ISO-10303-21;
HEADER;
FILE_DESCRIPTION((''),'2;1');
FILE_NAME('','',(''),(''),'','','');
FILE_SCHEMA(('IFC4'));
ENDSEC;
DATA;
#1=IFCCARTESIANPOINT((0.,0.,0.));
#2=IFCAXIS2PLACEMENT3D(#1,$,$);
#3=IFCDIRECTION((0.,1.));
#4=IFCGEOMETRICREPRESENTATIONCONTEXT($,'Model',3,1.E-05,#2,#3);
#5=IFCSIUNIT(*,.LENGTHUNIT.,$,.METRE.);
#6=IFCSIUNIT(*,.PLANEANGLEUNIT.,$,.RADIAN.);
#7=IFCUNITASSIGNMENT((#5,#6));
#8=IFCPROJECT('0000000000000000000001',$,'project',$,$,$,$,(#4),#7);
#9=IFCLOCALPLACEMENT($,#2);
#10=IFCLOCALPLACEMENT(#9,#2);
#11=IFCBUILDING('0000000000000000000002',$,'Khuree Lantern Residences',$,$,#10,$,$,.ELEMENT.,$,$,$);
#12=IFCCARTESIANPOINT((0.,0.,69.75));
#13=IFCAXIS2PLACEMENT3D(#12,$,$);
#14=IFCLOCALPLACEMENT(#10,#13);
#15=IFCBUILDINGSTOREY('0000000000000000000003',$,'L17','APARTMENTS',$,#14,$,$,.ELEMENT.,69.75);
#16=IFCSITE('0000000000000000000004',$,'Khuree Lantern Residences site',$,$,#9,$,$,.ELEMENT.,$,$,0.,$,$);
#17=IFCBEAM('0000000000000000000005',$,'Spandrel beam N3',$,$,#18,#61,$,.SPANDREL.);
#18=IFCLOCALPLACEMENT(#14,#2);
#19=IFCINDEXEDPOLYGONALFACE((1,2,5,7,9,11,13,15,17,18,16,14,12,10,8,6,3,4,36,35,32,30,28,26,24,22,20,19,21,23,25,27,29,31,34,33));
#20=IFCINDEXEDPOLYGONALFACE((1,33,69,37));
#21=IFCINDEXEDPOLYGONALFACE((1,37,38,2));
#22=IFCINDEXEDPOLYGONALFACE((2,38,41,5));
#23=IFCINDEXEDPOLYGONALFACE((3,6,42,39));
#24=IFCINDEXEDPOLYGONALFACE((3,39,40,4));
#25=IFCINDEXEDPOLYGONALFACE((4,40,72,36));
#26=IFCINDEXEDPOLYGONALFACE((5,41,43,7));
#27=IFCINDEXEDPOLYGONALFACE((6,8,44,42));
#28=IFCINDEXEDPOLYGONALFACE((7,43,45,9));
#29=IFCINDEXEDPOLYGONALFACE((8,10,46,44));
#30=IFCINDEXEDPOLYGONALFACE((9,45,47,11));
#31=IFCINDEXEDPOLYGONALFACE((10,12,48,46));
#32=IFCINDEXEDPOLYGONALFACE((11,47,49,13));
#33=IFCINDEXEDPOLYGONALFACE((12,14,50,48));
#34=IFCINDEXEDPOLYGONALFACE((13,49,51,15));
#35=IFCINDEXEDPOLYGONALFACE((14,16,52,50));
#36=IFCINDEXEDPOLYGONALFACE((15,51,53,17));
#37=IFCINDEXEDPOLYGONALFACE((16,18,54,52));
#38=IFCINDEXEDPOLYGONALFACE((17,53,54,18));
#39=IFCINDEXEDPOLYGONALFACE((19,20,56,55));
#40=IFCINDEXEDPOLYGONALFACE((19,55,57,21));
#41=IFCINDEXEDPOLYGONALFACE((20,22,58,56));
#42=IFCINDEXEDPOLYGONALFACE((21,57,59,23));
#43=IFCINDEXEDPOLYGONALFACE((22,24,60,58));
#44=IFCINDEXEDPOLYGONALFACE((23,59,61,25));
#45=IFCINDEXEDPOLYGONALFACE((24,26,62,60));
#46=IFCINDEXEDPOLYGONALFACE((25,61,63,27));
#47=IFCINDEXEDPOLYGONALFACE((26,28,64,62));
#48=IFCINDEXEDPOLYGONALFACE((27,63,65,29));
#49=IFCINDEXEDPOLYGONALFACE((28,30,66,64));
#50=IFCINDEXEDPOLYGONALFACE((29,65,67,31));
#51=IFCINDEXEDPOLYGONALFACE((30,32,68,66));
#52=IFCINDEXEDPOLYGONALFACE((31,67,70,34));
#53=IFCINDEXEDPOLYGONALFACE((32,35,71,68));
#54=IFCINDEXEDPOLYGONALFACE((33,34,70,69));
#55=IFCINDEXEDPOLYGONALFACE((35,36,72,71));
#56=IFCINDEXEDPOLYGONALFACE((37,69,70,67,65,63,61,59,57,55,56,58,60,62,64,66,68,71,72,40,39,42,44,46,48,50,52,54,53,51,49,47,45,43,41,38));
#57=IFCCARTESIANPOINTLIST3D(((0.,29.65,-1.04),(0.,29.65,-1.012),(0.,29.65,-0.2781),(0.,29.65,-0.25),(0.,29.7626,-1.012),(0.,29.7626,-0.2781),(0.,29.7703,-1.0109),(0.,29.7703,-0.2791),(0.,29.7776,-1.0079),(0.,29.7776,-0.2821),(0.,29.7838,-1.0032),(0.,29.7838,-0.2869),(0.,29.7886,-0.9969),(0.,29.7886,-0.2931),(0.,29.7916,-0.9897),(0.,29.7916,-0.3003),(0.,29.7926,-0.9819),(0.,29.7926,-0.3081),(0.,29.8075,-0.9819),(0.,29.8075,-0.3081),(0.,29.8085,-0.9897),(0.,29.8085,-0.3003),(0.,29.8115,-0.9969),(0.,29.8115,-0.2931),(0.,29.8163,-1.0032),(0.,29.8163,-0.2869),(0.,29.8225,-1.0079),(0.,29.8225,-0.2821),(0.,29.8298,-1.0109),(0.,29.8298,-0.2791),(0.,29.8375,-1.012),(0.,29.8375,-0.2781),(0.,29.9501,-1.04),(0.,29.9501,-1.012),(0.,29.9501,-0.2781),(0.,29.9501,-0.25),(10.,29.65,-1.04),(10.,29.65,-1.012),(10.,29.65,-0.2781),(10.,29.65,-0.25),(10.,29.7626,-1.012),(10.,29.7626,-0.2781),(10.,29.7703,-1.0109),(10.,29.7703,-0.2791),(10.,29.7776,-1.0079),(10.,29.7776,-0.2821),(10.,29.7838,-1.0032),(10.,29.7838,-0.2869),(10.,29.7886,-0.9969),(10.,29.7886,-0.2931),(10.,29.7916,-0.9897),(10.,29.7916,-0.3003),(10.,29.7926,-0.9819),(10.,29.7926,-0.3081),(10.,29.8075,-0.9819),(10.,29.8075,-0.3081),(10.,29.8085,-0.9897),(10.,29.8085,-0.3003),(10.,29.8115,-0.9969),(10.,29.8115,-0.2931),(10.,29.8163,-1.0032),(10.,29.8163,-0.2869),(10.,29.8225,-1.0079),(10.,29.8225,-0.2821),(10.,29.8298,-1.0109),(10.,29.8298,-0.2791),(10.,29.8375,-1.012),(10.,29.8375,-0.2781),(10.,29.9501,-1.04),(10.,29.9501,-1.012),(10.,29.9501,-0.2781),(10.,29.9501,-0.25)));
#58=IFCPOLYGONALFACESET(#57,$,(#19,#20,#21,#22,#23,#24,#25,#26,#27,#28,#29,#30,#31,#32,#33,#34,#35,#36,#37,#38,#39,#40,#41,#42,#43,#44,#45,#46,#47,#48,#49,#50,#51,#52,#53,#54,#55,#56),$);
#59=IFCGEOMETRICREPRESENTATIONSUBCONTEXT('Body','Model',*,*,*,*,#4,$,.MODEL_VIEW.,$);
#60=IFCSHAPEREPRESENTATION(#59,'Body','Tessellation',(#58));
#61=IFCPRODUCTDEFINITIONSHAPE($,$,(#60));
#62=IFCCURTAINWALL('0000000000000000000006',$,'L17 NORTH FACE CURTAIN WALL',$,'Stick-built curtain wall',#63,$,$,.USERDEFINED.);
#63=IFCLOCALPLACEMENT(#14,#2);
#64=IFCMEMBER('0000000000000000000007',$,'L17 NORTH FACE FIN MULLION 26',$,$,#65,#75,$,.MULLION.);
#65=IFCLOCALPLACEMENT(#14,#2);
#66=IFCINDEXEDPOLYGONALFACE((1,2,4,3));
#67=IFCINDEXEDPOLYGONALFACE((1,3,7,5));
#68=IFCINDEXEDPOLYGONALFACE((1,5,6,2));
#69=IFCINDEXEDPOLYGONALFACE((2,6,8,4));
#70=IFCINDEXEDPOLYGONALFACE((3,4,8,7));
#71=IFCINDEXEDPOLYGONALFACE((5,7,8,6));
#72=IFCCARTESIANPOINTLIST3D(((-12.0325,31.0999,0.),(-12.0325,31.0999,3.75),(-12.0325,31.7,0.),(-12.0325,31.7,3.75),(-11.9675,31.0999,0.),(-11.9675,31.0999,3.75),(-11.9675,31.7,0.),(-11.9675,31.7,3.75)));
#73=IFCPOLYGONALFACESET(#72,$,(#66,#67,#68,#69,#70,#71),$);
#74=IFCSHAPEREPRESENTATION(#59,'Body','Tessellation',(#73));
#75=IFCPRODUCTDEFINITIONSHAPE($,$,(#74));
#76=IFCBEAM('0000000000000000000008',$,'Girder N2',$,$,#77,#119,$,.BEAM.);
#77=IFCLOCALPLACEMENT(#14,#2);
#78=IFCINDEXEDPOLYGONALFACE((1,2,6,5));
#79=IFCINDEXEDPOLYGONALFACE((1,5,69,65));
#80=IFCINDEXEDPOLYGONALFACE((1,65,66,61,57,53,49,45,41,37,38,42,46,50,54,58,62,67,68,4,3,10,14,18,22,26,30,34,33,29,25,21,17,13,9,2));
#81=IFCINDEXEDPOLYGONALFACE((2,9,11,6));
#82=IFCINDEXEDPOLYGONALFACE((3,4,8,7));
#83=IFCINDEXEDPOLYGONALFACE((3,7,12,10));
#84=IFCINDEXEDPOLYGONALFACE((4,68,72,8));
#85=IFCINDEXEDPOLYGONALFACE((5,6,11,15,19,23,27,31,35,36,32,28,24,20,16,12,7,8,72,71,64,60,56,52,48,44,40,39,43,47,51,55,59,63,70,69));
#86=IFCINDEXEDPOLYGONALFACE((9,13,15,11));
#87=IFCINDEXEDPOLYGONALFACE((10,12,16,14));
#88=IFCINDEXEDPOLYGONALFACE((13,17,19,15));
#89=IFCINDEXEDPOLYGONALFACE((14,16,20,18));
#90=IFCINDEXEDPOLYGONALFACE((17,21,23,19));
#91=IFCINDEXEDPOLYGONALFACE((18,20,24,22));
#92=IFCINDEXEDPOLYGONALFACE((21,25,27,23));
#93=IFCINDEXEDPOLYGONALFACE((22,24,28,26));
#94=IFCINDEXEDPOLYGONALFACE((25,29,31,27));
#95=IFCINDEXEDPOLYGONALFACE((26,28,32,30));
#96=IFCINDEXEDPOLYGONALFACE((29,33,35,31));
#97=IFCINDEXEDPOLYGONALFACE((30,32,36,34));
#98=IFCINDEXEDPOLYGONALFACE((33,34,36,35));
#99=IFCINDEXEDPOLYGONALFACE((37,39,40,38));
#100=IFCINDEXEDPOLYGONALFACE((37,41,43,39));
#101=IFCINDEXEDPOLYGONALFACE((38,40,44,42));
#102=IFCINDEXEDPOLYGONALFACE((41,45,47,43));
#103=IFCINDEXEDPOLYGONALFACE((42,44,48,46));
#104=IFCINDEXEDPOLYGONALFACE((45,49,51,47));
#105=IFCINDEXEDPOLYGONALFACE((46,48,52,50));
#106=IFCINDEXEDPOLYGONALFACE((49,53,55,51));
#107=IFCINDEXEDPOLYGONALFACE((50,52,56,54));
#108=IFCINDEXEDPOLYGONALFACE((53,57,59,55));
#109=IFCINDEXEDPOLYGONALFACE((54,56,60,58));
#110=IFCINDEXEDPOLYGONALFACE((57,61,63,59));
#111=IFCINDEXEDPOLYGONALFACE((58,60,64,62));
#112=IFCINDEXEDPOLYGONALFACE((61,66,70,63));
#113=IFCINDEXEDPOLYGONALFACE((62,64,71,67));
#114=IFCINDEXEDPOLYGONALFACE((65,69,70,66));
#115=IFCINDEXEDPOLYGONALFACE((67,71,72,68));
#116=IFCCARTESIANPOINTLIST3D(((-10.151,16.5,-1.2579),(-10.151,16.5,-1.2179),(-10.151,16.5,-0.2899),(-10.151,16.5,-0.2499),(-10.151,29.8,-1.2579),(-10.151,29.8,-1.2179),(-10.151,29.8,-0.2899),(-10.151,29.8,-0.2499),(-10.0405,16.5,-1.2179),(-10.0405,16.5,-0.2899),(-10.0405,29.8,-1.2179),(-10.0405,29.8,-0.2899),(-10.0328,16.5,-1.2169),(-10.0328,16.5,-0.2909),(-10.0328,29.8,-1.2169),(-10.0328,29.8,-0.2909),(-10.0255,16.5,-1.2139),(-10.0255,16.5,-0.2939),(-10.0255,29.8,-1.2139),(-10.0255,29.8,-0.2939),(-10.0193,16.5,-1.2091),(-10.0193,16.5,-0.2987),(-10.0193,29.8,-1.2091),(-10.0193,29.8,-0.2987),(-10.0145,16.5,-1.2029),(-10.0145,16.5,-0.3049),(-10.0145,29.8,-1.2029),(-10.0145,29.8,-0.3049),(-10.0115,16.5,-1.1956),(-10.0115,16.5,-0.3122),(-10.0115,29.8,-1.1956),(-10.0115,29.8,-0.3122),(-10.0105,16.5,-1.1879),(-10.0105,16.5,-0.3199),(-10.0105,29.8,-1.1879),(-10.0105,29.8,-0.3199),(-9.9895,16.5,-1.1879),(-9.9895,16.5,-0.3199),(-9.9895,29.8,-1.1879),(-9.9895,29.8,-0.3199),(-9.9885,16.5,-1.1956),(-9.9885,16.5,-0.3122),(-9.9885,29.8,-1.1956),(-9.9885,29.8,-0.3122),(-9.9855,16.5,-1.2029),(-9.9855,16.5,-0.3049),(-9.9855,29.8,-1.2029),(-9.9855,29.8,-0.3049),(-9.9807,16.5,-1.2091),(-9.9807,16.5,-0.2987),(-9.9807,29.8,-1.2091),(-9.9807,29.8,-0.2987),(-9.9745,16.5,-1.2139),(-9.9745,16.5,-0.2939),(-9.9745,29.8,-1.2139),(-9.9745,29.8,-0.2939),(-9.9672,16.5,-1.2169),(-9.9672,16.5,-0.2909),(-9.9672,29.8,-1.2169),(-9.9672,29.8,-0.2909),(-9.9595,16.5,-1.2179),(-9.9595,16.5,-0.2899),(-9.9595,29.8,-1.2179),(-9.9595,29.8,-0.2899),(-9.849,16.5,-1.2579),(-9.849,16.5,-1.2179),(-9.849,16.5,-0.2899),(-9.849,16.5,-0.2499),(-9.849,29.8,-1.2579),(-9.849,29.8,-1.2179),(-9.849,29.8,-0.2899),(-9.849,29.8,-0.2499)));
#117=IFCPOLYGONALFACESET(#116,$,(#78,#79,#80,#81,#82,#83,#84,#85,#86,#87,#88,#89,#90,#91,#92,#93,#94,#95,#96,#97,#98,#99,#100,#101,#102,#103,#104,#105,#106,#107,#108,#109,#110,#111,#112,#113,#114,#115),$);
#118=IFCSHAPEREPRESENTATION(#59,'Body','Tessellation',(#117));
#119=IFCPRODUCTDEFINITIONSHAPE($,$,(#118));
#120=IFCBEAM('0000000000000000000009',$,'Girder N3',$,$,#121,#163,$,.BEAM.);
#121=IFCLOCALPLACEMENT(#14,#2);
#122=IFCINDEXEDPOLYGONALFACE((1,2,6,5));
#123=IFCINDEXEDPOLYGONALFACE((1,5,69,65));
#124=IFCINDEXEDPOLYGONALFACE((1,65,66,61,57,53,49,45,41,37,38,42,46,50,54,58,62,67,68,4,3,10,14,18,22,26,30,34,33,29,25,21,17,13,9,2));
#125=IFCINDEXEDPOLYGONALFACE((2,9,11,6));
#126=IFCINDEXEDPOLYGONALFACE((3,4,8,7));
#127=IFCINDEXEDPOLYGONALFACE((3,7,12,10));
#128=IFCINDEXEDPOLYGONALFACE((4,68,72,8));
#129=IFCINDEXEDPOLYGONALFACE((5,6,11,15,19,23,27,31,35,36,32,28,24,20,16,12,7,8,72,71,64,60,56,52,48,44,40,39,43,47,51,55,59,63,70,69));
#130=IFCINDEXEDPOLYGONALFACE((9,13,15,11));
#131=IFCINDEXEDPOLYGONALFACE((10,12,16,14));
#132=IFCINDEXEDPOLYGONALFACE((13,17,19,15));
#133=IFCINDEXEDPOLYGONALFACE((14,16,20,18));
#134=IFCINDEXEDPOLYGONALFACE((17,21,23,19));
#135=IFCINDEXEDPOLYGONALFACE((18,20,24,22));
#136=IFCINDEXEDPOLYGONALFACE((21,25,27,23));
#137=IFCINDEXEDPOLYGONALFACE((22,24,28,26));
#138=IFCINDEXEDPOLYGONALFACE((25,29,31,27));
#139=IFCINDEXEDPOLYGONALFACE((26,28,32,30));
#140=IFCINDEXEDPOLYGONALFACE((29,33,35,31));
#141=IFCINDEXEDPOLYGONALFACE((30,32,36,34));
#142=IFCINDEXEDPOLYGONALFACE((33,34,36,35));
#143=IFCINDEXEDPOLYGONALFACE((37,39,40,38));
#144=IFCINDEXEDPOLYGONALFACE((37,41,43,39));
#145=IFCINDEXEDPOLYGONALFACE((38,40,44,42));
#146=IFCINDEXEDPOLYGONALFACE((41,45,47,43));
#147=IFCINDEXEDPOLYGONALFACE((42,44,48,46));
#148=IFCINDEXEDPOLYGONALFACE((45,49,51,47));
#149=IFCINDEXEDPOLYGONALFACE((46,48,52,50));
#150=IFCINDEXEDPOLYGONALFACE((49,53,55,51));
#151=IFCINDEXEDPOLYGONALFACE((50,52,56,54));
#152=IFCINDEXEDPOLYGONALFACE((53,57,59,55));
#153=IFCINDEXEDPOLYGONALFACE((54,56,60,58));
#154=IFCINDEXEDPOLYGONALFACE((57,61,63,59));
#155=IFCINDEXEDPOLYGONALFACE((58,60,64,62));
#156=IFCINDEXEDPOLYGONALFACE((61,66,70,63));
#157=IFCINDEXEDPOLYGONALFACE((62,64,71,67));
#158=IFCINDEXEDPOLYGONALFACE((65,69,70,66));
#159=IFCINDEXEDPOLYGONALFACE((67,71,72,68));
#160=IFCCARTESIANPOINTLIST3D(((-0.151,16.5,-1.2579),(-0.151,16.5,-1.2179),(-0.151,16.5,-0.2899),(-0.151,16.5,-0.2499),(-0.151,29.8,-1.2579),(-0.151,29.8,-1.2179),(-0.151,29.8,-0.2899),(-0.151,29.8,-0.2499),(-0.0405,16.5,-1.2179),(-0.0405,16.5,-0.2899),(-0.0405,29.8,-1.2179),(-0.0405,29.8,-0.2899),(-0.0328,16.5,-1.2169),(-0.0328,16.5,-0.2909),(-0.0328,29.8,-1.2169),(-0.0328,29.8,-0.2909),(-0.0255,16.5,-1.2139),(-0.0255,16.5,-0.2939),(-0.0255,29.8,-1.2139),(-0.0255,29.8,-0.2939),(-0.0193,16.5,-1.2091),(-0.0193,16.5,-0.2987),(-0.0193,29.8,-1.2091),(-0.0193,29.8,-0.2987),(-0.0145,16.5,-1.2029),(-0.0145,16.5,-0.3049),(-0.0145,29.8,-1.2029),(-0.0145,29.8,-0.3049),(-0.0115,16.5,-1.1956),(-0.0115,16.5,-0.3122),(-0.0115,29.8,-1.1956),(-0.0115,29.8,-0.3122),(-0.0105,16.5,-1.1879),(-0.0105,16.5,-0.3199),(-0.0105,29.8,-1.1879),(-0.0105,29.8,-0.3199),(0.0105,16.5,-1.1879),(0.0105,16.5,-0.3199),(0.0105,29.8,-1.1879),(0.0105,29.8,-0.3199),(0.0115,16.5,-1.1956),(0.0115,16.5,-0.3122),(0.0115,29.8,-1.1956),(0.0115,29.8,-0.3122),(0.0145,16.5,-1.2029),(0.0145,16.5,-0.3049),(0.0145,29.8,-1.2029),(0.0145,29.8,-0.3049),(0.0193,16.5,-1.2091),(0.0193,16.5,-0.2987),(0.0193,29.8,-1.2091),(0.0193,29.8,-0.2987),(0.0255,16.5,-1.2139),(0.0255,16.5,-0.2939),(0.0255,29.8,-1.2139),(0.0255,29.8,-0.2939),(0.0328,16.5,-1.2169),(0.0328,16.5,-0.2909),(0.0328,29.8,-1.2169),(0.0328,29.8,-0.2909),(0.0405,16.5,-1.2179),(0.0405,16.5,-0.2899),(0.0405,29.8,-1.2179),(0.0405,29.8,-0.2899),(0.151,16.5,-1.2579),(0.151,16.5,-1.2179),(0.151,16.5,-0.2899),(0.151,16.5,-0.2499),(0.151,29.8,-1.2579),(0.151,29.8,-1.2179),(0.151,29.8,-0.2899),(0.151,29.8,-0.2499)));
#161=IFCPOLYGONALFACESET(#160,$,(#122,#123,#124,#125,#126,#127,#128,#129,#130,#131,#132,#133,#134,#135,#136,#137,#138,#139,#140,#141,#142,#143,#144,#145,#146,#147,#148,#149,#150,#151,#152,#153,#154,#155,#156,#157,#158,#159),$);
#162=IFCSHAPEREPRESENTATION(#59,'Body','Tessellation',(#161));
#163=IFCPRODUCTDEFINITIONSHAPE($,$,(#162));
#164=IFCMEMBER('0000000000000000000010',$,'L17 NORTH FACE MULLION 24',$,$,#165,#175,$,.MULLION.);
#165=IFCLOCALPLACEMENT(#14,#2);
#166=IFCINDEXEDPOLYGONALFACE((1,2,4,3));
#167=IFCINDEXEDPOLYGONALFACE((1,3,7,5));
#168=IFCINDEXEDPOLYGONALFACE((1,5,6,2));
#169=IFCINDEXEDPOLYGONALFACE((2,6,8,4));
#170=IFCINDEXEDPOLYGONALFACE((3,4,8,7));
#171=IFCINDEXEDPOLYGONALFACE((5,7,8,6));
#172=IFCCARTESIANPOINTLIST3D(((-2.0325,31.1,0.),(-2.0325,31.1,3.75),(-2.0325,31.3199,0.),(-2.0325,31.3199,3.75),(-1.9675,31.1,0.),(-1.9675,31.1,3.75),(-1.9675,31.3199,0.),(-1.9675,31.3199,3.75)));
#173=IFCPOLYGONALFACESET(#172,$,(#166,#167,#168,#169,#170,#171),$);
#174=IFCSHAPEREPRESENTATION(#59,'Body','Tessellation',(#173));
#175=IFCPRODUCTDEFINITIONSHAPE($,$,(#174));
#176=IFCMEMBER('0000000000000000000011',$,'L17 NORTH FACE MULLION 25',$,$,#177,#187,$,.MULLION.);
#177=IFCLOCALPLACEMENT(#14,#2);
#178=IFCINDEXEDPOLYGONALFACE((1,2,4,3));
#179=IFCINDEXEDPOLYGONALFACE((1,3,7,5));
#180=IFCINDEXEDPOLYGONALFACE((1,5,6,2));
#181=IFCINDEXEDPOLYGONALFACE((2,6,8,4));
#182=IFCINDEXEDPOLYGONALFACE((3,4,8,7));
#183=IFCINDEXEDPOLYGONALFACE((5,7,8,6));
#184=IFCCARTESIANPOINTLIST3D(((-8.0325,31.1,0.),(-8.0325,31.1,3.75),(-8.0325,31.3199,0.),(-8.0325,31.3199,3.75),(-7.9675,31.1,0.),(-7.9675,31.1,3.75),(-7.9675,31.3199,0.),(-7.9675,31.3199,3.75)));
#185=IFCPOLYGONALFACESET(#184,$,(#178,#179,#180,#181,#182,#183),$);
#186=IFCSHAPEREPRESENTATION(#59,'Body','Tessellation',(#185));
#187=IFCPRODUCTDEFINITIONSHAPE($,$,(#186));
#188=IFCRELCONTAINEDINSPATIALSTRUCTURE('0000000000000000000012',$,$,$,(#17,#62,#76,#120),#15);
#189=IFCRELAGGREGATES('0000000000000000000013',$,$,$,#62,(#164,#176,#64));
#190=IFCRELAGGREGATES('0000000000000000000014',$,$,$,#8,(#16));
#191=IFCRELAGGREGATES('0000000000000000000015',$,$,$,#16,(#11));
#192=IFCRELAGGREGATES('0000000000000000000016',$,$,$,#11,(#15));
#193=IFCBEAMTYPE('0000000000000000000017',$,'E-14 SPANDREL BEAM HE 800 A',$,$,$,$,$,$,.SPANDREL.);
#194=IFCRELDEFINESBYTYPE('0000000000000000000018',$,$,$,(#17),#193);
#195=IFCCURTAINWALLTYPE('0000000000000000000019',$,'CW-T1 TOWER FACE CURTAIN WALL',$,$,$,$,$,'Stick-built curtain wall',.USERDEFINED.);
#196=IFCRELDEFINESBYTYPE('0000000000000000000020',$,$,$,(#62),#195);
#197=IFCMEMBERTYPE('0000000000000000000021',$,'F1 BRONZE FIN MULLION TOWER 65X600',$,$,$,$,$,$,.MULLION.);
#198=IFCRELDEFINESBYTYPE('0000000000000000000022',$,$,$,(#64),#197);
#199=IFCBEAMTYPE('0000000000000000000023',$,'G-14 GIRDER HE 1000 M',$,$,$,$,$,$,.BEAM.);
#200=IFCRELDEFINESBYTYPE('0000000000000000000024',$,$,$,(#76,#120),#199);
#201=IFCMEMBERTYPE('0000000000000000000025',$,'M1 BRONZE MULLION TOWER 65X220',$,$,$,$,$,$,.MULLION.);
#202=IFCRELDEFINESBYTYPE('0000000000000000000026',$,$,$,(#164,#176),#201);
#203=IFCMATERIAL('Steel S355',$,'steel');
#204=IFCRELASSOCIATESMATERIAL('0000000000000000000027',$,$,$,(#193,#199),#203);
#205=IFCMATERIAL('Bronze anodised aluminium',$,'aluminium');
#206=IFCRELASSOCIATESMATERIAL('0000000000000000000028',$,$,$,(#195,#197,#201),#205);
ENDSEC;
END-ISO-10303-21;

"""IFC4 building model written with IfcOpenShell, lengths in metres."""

from ifc_helpers import new_model, si_unit, direction, frame, origin, origin_2d, place, context, subcontext, project, spatial, rectangle, i_section, extrude, material, material_profile, profile_set, type_object, element, aggregate, save


model = new_model("IFC4")

# Units and contexts
model_context = context("Model", 3, precision=1e-05, world=origin(), true_north=direction((0.0, 1.0)))
body_context = subcontext(model_context, "Body", "Model", "MODEL_VIEW")
ifc_project = project(units=[si_unit("LENGTHUNIT", "METRE"), si_unit("PLANEANGLEUNIT", "RADIAN")], contexts=[model_context])

# Site, building, storey
site_placement = place(None, origin())
site = spatial("IfcSite", under=ifc_project, at=site_placement, Name="Khuree Lantern Residences site", CompositionType="ELEMENT", RefElevation=0.0)
building_placement = place(site_placement, origin())
building = spatial("IfcBuilding", under=site, at=building_placement, Name="Khuree Lantern Residences", CompositionType="ELEMENT")
storey_placement = place(building_placement, frame((0.0, 0.0, 69.75)))
storey = spatial("IfcBuildingStorey", under=building, at=storey_placement, Name="L17", Description="APARTMENTS", CompositionType="ELEMENT", Elevation=69.75)

# Beam
ifc_material_1 = material(Name="Steel S355", Category="steel")
ifc_material_profile_1 = material_profile(ifc_material_1, i_section(OverallWidth=0.3, OverallDepth=0.79, WebThickness=0.0149, FlangeThickness=0.0281, FilletRadius=0.03, at=origin_2d()), Name="HE 800 A")
ifc_profile_set_1 = profile_set([ifc_material_profile_1], Name="Steel S355")
beam_type_1 = type_object("IfcBeamType", Name="E-14 SPANDREL BEAM HE 800 A", PredefinedType="SPANDREL", material=ifc_profile_set_1)
for number, where, z_axis, x_axis, name in (
    (1, (0.0, 29.8, -0.645), (1.0, 0.0, 0.0), (0.0, 1.0, 0.0), "Spandrel beam N3"),
):
    element("IfcBeam", number, at=place(storey_placement, frame(where, z_axis=z_axis, x_axis=x_axis)), inside=storey, type_object=beam_type_1, Name=name, PredefinedType="SPANDREL", context=body_context, shape_type="SweptSolid", body=[
        extrude(i_section(OverallWidth=0.3, OverallDepth=0.79, WebThickness=0.0149, FlangeThickness=0.0281, FilletRadius=0.03, at=origin_2d()), origin(), (0.0, 0.0, 1.0), 10.0),
    ])

# Curtain wall, member
ifc_material_2 = material(Name="Bronze anodised aluminium", Category="aluminium")
curtain_wall_type = type_object("IfcCurtainWallType", Name="CW-T1 TOWER FACE CURTAIN WALL", ElementType="Stick-built curtain wall", PredefinedType="USERDEFINED", material=ifc_material_2)
curtain_wall_placement = place(storey_placement, origin())
curtain_wall = element("IfcCurtainWall", 2, at=curtain_wall_placement, inside=storey, type_object=curtain_wall_type, Name="L17 NORTH FACE CURTAIN WALL", ObjectType="Stick-built curtain wall", PredefinedType="USERDEFINED")
ifc_material_profile_2 = material_profile(ifc_material_2, rectangle(XDim=0.0649, YDim=0.6001, at=origin_2d()), Name="F1 65X600")
ifc_profile_set_2 = profile_set([ifc_material_profile_2], Name="Bronze anodised aluminium")
member_type_1 = type_object("IfcMemberType", Name="F1 BRONZE FIN MULLION TOWER 65X600", PredefinedType="MULLION", material=ifc_profile_set_2)
member_1_placement = place(storey_placement, frame((-12.0, 31.3999, 0.0), z_axis=(0.0, 0.0, 1.0), x_axis=(-1.0, 0.0, 0.0)))
member_1 = element("IfcMember", 3, at=member_1_placement, type_object=member_type_1, Name="L17 NORTH FACE FIN MULLION 26", PredefinedType="MULLION", context=body_context, shape_type="SweptSolid", body=[
    extrude(rectangle(XDim=0.0649, YDim=0.6001, at=origin_2d()), origin(), (0.0, 0.0, 1.0), 3.75),
])

# Beams
ifc_material_profile_3 = material_profile(ifc_material_1, i_section(OverallWidth=0.302, OverallDepth=1.0081, WebThickness=0.021, FlangeThickness=0.04, FilletRadius=0.03, at=origin_2d()), Name="HE 1000 M")
ifc_profile_set_3 = profile_set([ifc_material_profile_3], Name="Steel S355")
beam_type_2 = type_object("IfcBeamType", Name="G-14 GIRDER HE 1000 M", PredefinedType="BEAM", material=ifc_profile_set_3)
for number, where, z_axis, x_axis, name in (
    (4, (-10.0, 29.8, -0.7539), (0.0, -1.0, 0.0), (1.0, 0.0, 0.0), "Girder N2"),
    (5, (0.0, 29.8, -0.7539), (0.0, -1.0, 0.0), (1.0, 0.0, 0.0), "Girder N3"),
):
    element("IfcBeam", number, at=place(storey_placement, frame(where, z_axis=z_axis, x_axis=x_axis)), inside=storey, type_object=beam_type_2, Name=name, PredefinedType="BEAM", context=body_context, shape_type="SweptSolid", body=[
        extrude(i_section(OverallWidth=0.302, OverallDepth=1.0081, WebThickness=0.021, FlangeThickness=0.04, FilletRadius=0.03, at=origin_2d()), origin(), (0.0, 0.0, 1.0), 13.3),
    ])

# Members
ifc_material_profile_4 = material_profile(ifc_material_2, rectangle(XDim=0.0649, YDim=0.22, at=origin_2d()), Name="M1 65X220")
ifc_profile_set_4 = profile_set([ifc_material_profile_4], Name="Bronze anodised aluminium")
member_type_2 = type_object("IfcMemberType", Name="M1 BRONZE MULLION TOWER 65X220", PredefinedType="MULLION", material=ifc_profile_set_4)
member_2_placement = place(storey_placement, frame((-2.0, 31.21, 0.0), z_axis=(0.0, 0.0, 1.0), x_axis=(-1.0, 0.0, 0.0)))
member_2 = element("IfcMember", 6, at=member_2_placement, type_object=member_type_2, Name="L17 NORTH FACE MULLION 24", PredefinedType="MULLION", context=body_context, shape_type="SweptSolid", body=[
    extrude(rectangle(XDim=0.0649, YDim=0.22, at=origin_2d()), origin(), (0.0, 0.0, 1.0), 3.75),
])
member_3_placement = place(storey_placement, frame((-8.0, 31.21, 0.0), z_axis=(0.0, 0.0, 1.0), x_axis=(-1.0, 0.0, 0.0)))
member_3 = element("IfcMember", 7, at=member_3_placement, type_object=member_type_2, Name="L17 NORTH FACE MULLION 25", PredefinedType="MULLION", context=body_context, shape_type="SweptSolid", body=[
    extrude(rectangle(XDim=0.0649, YDim=0.22, at=origin_2d()), origin(), (0.0, 0.0, 1.0), 3.75),
])

aggregate(curtain_wall, [member_2, member_3, member_1])

save(model, "model.ifc")
